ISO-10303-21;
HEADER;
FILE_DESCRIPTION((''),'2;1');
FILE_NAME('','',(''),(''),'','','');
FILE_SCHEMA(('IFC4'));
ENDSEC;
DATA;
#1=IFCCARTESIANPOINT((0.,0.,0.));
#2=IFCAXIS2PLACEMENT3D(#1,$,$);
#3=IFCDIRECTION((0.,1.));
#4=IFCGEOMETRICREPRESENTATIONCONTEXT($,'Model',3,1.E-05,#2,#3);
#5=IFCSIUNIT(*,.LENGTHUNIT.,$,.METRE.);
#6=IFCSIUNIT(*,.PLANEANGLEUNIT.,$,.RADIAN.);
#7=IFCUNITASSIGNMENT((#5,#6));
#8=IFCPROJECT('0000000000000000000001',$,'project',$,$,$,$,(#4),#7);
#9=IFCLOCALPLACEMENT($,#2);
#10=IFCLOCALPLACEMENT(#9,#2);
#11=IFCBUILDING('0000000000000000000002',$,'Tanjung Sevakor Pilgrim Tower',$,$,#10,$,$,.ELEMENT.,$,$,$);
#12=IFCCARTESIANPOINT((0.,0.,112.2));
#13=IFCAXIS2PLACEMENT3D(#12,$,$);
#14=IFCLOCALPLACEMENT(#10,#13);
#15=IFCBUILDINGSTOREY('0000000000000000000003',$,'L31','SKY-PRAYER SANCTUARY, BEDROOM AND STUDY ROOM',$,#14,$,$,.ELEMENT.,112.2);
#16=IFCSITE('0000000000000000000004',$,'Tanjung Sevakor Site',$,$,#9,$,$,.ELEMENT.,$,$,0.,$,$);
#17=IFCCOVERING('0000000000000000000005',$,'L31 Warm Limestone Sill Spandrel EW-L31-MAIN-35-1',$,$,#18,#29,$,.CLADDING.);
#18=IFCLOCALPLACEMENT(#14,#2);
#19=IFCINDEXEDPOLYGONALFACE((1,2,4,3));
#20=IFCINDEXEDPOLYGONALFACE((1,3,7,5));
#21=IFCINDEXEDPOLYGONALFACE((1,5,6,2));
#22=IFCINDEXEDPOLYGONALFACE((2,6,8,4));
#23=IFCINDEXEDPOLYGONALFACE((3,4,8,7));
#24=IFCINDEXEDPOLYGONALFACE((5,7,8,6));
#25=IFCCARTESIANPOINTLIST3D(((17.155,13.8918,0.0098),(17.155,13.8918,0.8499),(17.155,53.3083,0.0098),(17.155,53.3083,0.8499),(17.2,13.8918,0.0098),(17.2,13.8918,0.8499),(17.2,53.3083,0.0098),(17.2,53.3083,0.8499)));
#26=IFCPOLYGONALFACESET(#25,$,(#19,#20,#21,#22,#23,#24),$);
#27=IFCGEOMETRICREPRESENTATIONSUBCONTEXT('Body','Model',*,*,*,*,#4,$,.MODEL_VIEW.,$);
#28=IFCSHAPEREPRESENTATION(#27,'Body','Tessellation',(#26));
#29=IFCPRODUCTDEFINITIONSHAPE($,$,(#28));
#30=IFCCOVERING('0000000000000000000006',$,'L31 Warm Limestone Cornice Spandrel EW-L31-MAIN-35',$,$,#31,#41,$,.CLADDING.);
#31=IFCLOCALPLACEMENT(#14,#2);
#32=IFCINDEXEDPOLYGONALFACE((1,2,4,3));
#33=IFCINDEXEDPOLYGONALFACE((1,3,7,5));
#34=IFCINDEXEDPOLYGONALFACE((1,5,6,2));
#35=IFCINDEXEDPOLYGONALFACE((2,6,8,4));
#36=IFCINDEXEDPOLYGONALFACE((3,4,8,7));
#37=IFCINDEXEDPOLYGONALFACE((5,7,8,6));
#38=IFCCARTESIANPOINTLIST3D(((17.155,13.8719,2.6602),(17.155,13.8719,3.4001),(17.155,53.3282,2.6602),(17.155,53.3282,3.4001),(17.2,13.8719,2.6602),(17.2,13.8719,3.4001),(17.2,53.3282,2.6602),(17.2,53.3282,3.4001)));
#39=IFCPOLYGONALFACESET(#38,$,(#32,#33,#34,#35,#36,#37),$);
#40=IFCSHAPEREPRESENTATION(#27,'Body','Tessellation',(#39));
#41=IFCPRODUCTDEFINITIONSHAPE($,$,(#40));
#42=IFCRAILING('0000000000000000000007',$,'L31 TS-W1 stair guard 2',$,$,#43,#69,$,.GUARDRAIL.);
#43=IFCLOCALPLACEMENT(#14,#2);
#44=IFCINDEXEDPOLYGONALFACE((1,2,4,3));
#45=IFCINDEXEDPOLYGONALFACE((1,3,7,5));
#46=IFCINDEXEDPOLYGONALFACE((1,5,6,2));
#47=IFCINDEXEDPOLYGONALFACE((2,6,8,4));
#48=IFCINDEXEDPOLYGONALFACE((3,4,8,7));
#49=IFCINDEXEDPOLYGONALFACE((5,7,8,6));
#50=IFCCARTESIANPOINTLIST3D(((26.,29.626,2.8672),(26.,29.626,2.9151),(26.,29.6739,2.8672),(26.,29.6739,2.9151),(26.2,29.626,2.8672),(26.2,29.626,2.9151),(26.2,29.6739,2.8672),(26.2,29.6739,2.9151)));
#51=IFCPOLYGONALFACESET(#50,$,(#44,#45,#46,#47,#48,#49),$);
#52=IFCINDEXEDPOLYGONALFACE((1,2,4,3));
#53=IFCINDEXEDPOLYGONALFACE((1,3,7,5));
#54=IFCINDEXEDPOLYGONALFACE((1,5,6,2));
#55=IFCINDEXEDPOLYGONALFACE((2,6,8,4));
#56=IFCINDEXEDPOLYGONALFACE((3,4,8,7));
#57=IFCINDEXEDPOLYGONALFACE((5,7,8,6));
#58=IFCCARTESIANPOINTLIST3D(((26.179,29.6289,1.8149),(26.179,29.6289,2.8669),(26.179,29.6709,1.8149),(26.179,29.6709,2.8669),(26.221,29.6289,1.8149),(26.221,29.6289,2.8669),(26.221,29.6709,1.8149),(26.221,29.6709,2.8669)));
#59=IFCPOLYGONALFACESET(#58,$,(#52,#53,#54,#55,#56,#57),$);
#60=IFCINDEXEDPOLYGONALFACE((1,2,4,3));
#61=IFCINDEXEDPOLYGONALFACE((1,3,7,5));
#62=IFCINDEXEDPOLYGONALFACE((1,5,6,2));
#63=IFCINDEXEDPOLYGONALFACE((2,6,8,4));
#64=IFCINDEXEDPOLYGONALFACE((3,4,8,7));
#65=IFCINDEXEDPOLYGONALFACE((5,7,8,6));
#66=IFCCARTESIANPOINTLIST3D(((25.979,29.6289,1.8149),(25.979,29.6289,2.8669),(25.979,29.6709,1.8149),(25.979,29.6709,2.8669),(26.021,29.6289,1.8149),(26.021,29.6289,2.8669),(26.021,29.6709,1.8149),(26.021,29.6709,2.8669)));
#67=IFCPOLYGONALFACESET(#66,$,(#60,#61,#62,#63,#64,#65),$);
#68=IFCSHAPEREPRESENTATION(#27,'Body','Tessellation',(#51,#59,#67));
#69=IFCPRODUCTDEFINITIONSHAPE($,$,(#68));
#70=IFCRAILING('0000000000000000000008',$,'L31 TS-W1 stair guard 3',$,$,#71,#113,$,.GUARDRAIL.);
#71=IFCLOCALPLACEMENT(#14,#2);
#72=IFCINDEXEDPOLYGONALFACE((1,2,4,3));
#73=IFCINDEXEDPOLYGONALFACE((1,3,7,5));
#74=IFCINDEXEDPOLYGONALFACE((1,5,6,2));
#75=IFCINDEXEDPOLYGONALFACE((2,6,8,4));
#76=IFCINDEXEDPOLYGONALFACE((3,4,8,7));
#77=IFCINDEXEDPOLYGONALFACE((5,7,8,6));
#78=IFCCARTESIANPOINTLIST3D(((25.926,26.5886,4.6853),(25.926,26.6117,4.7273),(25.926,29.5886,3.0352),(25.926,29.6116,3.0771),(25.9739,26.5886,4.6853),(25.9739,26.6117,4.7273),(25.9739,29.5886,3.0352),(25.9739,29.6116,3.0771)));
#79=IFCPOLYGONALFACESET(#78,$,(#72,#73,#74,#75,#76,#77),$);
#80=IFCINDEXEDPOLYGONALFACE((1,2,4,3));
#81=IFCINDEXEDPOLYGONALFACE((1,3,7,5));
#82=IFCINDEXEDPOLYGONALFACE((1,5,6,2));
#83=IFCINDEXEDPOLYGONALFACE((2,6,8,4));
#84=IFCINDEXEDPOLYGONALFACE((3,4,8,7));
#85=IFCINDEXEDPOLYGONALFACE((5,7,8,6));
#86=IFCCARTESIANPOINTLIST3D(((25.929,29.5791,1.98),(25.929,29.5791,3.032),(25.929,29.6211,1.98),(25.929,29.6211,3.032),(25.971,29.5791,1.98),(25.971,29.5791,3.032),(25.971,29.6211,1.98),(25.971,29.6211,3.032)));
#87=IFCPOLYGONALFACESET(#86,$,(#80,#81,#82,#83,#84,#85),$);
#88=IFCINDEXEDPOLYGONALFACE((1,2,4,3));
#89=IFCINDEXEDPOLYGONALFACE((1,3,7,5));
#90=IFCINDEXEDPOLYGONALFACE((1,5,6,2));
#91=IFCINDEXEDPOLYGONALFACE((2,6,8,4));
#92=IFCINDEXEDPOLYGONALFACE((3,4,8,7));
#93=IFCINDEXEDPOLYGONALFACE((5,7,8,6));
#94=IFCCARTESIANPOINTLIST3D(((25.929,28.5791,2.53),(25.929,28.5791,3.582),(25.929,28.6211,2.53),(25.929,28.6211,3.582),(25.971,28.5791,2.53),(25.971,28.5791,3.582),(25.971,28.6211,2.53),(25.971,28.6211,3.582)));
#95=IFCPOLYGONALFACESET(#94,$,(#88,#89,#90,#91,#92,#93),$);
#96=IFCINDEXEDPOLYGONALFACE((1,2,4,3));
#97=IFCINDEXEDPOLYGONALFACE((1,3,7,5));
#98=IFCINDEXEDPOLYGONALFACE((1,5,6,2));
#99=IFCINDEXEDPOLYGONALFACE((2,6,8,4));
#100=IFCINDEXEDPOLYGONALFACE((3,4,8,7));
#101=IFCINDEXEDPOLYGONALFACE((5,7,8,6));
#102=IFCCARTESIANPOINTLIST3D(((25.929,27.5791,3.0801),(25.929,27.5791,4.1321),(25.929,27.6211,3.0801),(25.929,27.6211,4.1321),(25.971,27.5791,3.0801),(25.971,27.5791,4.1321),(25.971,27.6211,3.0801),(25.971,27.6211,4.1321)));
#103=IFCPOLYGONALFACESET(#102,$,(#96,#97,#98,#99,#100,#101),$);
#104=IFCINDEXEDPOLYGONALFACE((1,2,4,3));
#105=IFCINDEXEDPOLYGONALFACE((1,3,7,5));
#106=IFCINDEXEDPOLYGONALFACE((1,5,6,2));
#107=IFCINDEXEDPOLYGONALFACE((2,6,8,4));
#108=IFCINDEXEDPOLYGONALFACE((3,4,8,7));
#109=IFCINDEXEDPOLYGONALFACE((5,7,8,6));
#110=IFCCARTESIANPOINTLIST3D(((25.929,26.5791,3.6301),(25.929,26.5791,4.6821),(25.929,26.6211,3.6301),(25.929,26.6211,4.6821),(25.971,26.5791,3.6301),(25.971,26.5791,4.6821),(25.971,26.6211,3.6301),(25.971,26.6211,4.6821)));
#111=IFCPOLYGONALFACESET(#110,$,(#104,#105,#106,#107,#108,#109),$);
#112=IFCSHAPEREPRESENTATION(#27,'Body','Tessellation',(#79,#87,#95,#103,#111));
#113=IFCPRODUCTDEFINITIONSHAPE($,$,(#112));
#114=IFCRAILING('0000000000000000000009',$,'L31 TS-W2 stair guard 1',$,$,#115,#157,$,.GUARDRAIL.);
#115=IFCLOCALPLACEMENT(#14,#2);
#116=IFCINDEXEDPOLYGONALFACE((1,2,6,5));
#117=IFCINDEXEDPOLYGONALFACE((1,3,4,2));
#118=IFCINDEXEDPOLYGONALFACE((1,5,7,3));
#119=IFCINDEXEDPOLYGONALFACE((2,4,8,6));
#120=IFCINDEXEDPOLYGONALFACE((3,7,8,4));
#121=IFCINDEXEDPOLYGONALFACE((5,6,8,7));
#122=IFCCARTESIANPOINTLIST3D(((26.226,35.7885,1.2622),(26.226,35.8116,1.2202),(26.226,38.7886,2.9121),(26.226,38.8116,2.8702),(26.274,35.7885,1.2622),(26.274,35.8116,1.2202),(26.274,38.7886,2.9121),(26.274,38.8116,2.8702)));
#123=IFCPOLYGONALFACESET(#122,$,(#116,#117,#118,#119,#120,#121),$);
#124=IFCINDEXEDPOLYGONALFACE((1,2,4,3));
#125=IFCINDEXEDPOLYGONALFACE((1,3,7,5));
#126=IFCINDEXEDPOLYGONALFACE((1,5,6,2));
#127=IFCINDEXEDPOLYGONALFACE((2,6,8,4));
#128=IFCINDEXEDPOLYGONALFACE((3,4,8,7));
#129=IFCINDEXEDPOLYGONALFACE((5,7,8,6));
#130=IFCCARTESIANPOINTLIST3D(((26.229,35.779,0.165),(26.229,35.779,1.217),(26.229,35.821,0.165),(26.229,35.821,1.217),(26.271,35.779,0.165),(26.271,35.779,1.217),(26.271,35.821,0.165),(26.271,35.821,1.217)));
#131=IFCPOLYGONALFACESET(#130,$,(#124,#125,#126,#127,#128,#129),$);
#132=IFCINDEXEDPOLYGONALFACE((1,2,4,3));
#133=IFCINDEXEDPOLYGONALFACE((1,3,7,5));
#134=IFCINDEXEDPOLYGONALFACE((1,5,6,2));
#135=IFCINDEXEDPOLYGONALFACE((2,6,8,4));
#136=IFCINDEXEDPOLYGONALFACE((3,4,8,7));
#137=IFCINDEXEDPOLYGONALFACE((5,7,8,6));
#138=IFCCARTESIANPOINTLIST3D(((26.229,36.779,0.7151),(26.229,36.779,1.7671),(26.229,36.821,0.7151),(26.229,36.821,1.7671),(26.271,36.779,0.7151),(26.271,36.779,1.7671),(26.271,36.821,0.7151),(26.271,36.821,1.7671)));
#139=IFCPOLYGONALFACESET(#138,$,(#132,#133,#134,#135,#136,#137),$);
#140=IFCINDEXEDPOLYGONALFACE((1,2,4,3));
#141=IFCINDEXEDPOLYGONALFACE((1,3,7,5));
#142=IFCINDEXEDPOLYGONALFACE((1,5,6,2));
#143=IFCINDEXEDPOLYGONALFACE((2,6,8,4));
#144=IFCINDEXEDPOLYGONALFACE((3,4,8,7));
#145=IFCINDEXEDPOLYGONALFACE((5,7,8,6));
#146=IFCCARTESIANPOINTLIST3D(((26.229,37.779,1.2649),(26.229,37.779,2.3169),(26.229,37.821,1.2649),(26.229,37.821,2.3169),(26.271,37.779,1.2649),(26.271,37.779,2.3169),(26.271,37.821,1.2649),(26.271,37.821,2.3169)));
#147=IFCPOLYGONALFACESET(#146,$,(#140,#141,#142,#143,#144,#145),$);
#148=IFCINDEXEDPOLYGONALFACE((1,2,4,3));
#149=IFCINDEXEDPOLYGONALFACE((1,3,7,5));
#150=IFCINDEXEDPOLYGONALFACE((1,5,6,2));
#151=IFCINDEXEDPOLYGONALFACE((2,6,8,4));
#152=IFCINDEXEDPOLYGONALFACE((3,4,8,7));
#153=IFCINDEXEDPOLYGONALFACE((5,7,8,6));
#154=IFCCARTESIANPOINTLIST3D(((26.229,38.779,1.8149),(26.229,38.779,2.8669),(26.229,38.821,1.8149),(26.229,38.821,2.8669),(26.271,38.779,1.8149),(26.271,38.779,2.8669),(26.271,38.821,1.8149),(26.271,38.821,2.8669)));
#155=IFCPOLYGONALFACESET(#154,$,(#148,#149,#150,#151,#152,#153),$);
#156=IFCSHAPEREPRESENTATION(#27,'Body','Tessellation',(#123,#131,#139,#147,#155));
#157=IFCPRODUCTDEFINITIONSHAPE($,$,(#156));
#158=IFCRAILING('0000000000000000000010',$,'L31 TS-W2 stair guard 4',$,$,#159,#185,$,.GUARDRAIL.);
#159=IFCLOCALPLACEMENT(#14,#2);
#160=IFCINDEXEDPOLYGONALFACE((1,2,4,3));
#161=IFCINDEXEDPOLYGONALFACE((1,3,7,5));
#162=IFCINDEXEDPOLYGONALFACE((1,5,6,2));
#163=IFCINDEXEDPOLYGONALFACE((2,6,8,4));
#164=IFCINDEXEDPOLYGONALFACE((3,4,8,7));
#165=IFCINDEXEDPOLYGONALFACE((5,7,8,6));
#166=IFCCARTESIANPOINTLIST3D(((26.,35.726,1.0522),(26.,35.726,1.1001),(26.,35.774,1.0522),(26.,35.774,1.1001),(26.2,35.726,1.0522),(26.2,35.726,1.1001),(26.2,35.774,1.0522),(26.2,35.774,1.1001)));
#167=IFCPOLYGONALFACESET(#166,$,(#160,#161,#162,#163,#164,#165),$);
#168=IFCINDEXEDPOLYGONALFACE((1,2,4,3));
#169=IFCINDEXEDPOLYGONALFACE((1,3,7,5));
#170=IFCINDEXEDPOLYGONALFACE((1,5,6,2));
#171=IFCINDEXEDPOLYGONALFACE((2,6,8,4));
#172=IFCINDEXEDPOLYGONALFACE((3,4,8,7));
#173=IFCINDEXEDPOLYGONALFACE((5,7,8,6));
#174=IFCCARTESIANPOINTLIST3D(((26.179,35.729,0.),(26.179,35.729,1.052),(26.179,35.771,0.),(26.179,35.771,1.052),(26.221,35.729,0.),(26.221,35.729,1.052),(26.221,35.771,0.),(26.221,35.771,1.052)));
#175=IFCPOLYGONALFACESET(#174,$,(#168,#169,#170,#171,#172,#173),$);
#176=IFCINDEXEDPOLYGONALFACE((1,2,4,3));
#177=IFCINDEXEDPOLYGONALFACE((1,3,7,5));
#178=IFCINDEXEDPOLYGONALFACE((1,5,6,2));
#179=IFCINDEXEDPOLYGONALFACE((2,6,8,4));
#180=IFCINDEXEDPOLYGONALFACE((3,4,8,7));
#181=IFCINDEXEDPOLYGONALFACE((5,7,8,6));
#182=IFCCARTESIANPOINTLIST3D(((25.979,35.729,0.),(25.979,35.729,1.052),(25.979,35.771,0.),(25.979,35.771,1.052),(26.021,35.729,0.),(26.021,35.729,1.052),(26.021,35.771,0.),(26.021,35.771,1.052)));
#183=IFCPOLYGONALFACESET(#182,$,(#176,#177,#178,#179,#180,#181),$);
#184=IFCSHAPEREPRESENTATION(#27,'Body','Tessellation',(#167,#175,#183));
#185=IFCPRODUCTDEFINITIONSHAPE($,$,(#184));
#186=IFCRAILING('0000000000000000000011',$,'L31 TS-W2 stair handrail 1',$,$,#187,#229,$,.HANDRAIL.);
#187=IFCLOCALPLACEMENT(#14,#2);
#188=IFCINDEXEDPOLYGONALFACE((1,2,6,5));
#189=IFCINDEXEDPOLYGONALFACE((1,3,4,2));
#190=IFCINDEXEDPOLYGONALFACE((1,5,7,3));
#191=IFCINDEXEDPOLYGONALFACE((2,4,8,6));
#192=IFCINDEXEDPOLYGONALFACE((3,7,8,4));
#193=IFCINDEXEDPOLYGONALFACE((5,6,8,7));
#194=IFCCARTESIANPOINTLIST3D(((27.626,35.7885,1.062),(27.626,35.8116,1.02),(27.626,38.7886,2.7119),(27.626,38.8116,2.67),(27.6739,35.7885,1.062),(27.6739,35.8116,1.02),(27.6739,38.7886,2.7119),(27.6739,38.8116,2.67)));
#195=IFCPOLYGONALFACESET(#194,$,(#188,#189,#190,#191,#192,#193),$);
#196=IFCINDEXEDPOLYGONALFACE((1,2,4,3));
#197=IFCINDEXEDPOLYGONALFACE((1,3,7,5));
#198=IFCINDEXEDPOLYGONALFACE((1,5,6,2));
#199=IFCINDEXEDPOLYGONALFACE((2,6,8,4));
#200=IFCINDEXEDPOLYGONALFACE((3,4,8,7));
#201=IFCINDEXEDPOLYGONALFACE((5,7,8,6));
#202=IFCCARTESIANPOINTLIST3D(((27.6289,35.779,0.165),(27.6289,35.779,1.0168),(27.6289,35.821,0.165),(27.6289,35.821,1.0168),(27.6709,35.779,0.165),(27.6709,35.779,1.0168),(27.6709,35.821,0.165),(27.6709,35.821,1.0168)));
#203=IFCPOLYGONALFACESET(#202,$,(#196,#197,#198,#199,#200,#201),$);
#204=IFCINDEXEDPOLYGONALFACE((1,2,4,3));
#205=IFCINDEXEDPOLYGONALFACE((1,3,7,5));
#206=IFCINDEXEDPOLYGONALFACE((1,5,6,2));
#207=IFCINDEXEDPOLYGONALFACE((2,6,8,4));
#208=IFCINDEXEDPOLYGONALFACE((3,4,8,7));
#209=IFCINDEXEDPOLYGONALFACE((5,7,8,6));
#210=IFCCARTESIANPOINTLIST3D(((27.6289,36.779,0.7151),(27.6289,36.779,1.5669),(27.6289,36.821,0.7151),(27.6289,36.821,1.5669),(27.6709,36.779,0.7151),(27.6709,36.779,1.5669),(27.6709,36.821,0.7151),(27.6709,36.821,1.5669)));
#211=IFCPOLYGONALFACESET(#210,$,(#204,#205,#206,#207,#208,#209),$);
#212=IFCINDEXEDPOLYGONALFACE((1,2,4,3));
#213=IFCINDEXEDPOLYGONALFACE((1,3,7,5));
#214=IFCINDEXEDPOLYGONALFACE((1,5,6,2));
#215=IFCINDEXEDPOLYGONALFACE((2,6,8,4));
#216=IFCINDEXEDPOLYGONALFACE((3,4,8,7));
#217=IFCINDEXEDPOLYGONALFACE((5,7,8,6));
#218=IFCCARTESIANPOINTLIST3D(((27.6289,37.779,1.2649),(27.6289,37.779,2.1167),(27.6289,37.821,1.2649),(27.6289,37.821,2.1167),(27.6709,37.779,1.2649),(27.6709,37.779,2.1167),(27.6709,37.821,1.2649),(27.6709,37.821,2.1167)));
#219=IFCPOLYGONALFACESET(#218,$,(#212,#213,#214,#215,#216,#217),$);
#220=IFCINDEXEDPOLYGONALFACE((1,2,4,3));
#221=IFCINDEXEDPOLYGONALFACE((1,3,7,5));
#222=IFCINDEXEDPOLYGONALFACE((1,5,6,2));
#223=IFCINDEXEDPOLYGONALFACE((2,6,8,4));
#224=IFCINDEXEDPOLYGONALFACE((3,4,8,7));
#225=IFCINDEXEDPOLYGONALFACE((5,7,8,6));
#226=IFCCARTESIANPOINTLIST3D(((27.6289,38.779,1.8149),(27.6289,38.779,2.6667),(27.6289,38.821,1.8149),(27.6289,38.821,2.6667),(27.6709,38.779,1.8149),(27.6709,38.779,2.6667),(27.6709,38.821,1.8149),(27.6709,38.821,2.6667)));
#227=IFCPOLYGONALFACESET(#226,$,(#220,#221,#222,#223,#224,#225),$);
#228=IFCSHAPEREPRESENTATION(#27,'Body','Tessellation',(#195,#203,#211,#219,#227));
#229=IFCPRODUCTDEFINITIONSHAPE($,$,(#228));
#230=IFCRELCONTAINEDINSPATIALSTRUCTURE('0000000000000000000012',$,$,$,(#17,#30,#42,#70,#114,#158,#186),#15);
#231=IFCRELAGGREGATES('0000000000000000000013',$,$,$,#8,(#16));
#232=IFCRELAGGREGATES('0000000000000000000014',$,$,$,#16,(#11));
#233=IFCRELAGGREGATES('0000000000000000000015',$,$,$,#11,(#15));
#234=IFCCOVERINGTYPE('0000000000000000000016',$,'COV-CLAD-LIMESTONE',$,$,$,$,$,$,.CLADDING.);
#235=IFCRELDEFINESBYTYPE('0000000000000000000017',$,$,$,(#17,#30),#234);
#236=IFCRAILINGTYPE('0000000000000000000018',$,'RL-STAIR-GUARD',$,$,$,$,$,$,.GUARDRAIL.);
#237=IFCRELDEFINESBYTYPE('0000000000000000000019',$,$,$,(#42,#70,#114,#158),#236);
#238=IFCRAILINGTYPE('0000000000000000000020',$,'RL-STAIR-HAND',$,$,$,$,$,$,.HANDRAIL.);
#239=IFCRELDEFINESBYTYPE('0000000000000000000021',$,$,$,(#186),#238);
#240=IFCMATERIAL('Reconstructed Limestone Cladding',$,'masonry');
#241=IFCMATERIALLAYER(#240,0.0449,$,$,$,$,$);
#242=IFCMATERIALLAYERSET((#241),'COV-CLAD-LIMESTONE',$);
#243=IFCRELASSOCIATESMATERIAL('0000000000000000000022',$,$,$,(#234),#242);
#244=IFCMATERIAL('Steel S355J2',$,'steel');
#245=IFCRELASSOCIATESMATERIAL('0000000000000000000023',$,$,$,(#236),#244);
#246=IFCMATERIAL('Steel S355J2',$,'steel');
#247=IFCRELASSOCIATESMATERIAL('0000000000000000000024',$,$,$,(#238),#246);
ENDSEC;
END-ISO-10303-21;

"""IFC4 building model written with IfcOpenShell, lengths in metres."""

from ifc_helpers import new_model, si_unit, direction, frame, origin, origin_2d, place, context, subcontext, project, spatial, rectangle, extrude, material, layer, layer_set, type_object, element, save


model = new_model("IFC4")

# Units and contexts
model_context = context("Model", 3, precision=1e-05, world=origin(), true_north=direction((0.0, 1.0)))
body_context = subcontext(model_context, "Body", "Model", "MODEL_VIEW")
ifc_project = project(units=[si_unit("LENGTHUNIT", "METRE"), si_unit("PLANEANGLEUNIT", "RADIAN")], contexts=[model_context])

# Site, building, storey
site_placement = place(None, origin())
site = spatial("IfcSite", under=ifc_project, at=site_placement, Name="Tanjung Sevakor Site", CompositionType="ELEMENT", RefElevation=0.0)
building_placement = place(site_placement, origin())
building = spatial("IfcBuilding", under=site, at=building_placement, Name="Tanjung Sevakor Pilgrim Tower", CompositionType="ELEMENT")
storey_placement = place(building_placement, frame((0.0, 0.0, 112.2)))
storey = spatial("IfcBuildingStorey", under=building, at=storey_placement, Name="L31", Description="SKY-PRAYER SANCTUARY, BEDROOM AND STUDY ROOM", CompositionType="ELEMENT", Elevation=112.2)

# Coverings
ifc_material_1 = material(Name="Reconstructed Limestone Cladding", Category="masonry")
ifc_layer_1 = layer(ifc_material_1, 0.0449)
ifc_layer_set_1 = layer_set([ifc_layer_1], Name="COV-CLAD-LIMESTONE")
covering_type = type_object("IfcCoveringType", Name="COV-CLAD-LIMESTONE", PredefinedType="CLADDING", material=ifc_layer_set_1)
covering_1_placement = place(storey_placement, frame((17.1775, 33.6001, 0.0098), z_axis=(0.0, 0.0, 1.0), x_axis=(0.0, -1.0, 0.0)))
element("IfcCovering", 1, at=covering_1_placement, inside=storey, type_object=covering_type, Name="L31 Warm Limestone Sill Spandrel EW-L31-MAIN-35-1", PredefinedType="CLADDING", context=body_context, shape_type="SweptSolid", body=[
    extrude(rectangle(XDim=39.4165, YDim=0.0449, at=origin_2d()), origin(), (0.0, 0.0, 1.0), 0.8401),
])
covering_2_placement = place(storey_placement, frame((17.1775, 33.6001, 2.6602), z_axis=(0.0, 0.0, 1.0), x_axis=(0.0, -1.0, 0.0)))
element("IfcCovering", 2, at=covering_2_placement, inside=storey, type_object=covering_type, Name="L31 Warm Limestone Cornice Spandrel EW-L31-MAIN-35", PredefinedType="CLADDING", context=body_context, shape_type="SweptSolid", body=[
    extrude(rectangle(XDim=39.4563, YDim=0.0449, at=origin_2d()), origin(), (0.0, 0.0, 1.0), 0.74),
])

# Railings
ifc_material_2 = material(Name="Steel S355J2", Category="steel")
railing_type_1 = type_object("IfcRailingType", Name="RL-STAIR-GUARD", PredefinedType="GUARDRAIL", material=ifc_material_2)
railing_1_placement = place(storey_placement, frame((26.2, 29.6499, 1.8149)))
element("IfcRailing", 3, at=railing_1_placement, inside=storey, type_object=railing_type_1, Name="L31 TS-W1 stair guard 2", PredefinedType="GUARDRAIL", context=body_context, shape_type="SweptSolid", body=[
    extrude(rectangle(XDim=0.0479, YDim=0.0479), frame((0.0, 0.0, 1.0762), z_axis=(-1.0, 0.0, 0.0), x_axis=(0.0, -1.0, 0.0)), (0.0, 0.0, 1.0), 0.2),
    extrude(rectangle(XDim=0.042, YDim=0.042), origin(), (0.0, 0.0, 1.0), 1.052),
    extrude(rectangle(XDim=0.042, YDim=0.042), frame((-0.2, 0.0, 0.0)), (0.0, 0.0, 1.0), 1.052),
])
railing_2_placement = place(storey_placement, frame((25.95, 29.6001, 1.98)))
element("IfcRailing", 4, at=railing_2_placement, inside=storey, type_object=railing_type_1, Name="L31 TS-W1 stair guard 3", PredefinedType="GUARDRAIL", context=body_context, shape_type="SweptSolid", body=[
    extrude(rectangle(XDim=0.0479, YDim=0.0479), frame((0.0, 0.0, 1.0762), z_axis=(0.0, -0.876198, 0.481952), x_axis=(1.0, 0.0, 0.0)), (0.0, 0.0, 1.0), 3.4238),
    extrude(rectangle(XDim=0.042, YDim=0.042), origin(), (0.0, 0.0, 1.0), 1.052),
    extrude(rectangle(XDim=0.042, YDim=0.042), frame((0.0, -1.0, 0.55)), (0.0, 0.0, 1.0), 1.052),
    extrude(rectangle(XDim=0.042, YDim=0.042), frame((0.0, -2.0, 1.1001)), (0.0, 0.0, 1.0), 1.052),
    extrude(rectangle(XDim=0.042, YDim=0.042), frame((0.0, -3.0, 1.6501)), (0.0, 0.0, 1.0), 1.052),
])
railing_3_placement = place(storey_placement, frame((26.25, 35.8, 0.165)))
element("IfcRailing", 5, at=railing_3_placement, inside=storey, type_object=railing_type_1, Name="L31 TS-W2 stair guard 1", PredefinedType="GUARDRAIL", context=body_context, shape_type="SweptSolid", body=[
    extrude(rectangle(XDim=0.0479, YDim=0.0479), frame((0.0, 0.0, 1.0762), z_axis=(0.0, 0.876228, 0.481897), x_axis=(-1.0, 0.0, 0.0)), (0.0, 0.0, 1.0), 3.4238),
    extrude(rectangle(XDim=0.042, YDim=0.042), origin(), (0.0, 0.0, 1.0), 1.052),
    extrude(rectangle(XDim=0.042, YDim=0.042), frame((0.0, 1.0, 0.55)), (0.0, 0.0, 1.0), 1.052),
    extrude(rectangle(XDim=0.042, YDim=0.042), frame((0.0, 2.0, 1.0999)), (0.0, 0.0, 1.0), 1.052),
    extrude(rectangle(XDim=0.042, YDim=0.042), frame((0.0, 3.0, 1.6499)), (0.0, 0.0, 1.0), 1.052),
])
railing_4_placement = place(storey_placement, frame((26.2, 35.75, 0.0)))
element("IfcRailing", 6, at=railing_4_placement, inside=storey, type_object=railing_type_1, Name="L31 TS-W2 stair guard 4", PredefinedType="GUARDRAIL", context=body_context, shape_type="SweptSolid", body=[
    extrude(rectangle(XDim=0.0479, YDim=0.0479), frame((0.0, 0.0, 1.0762), z_axis=(-1.0, 0.0, 0.0), x_axis=(0.0, -1.0, 0.0)), (0.0, 0.0, 1.0), 0.2),
    extrude(rectangle(XDim=0.042, YDim=0.042), origin(), (0.0, 0.0, 1.0), 1.052),
    extrude(rectangle(XDim=0.042, YDim=0.042), frame((-0.2, 0.0, 0.0)), (0.0, 0.0, 1.0), 1.052),
])
ifc_material_3 = material(Name="Steel S355J2", Category="steel")
railing_type_2 = type_object("IfcRailingType", Name="RL-STAIR-HAND", PredefinedType="HANDRAIL", material=ifc_material_3)
railing_5_placement = place(storey_placement, frame((27.6499, 35.8, 0.165)))
element("IfcRailing", 7, at=railing_5_placement, inside=storey, type_object=railing_type_2, Name="L31 TS-W2 stair handrail 1", PredefinedType="HANDRAIL", context=body_context, shape_type="SweptSolid", body=[
    extrude(rectangle(XDim=0.0479, YDim=0.0479), frame((0.0, 0.0, 0.876), z_axis=(0.0, 0.876228, 0.481897), x_axis=(-1.0, 0.0, 0.0)), (0.0, 0.0, 1.0), 3.4238),
    extrude(rectangle(XDim=0.042, YDim=0.042), origin(), (0.0, 0.0, 1.0), 0.8518),
    extrude(rectangle(XDim=0.042, YDim=0.042), frame((0.0, 1.0, 0.55)), (0.0, 0.0, 1.0), 0.8518),
    extrude(rectangle(XDim=0.042, YDim=0.042), frame((0.0, 2.0, 1.0999)), (0.0, 0.0, 1.0), 0.8518),
    extrude(rectangle(XDim=0.042, YDim=0.042), frame((0.0, 3.0, 1.6499)), (0.0, 0.0, 1.0), 0.8518),
])

save(model, "model.ifc")
